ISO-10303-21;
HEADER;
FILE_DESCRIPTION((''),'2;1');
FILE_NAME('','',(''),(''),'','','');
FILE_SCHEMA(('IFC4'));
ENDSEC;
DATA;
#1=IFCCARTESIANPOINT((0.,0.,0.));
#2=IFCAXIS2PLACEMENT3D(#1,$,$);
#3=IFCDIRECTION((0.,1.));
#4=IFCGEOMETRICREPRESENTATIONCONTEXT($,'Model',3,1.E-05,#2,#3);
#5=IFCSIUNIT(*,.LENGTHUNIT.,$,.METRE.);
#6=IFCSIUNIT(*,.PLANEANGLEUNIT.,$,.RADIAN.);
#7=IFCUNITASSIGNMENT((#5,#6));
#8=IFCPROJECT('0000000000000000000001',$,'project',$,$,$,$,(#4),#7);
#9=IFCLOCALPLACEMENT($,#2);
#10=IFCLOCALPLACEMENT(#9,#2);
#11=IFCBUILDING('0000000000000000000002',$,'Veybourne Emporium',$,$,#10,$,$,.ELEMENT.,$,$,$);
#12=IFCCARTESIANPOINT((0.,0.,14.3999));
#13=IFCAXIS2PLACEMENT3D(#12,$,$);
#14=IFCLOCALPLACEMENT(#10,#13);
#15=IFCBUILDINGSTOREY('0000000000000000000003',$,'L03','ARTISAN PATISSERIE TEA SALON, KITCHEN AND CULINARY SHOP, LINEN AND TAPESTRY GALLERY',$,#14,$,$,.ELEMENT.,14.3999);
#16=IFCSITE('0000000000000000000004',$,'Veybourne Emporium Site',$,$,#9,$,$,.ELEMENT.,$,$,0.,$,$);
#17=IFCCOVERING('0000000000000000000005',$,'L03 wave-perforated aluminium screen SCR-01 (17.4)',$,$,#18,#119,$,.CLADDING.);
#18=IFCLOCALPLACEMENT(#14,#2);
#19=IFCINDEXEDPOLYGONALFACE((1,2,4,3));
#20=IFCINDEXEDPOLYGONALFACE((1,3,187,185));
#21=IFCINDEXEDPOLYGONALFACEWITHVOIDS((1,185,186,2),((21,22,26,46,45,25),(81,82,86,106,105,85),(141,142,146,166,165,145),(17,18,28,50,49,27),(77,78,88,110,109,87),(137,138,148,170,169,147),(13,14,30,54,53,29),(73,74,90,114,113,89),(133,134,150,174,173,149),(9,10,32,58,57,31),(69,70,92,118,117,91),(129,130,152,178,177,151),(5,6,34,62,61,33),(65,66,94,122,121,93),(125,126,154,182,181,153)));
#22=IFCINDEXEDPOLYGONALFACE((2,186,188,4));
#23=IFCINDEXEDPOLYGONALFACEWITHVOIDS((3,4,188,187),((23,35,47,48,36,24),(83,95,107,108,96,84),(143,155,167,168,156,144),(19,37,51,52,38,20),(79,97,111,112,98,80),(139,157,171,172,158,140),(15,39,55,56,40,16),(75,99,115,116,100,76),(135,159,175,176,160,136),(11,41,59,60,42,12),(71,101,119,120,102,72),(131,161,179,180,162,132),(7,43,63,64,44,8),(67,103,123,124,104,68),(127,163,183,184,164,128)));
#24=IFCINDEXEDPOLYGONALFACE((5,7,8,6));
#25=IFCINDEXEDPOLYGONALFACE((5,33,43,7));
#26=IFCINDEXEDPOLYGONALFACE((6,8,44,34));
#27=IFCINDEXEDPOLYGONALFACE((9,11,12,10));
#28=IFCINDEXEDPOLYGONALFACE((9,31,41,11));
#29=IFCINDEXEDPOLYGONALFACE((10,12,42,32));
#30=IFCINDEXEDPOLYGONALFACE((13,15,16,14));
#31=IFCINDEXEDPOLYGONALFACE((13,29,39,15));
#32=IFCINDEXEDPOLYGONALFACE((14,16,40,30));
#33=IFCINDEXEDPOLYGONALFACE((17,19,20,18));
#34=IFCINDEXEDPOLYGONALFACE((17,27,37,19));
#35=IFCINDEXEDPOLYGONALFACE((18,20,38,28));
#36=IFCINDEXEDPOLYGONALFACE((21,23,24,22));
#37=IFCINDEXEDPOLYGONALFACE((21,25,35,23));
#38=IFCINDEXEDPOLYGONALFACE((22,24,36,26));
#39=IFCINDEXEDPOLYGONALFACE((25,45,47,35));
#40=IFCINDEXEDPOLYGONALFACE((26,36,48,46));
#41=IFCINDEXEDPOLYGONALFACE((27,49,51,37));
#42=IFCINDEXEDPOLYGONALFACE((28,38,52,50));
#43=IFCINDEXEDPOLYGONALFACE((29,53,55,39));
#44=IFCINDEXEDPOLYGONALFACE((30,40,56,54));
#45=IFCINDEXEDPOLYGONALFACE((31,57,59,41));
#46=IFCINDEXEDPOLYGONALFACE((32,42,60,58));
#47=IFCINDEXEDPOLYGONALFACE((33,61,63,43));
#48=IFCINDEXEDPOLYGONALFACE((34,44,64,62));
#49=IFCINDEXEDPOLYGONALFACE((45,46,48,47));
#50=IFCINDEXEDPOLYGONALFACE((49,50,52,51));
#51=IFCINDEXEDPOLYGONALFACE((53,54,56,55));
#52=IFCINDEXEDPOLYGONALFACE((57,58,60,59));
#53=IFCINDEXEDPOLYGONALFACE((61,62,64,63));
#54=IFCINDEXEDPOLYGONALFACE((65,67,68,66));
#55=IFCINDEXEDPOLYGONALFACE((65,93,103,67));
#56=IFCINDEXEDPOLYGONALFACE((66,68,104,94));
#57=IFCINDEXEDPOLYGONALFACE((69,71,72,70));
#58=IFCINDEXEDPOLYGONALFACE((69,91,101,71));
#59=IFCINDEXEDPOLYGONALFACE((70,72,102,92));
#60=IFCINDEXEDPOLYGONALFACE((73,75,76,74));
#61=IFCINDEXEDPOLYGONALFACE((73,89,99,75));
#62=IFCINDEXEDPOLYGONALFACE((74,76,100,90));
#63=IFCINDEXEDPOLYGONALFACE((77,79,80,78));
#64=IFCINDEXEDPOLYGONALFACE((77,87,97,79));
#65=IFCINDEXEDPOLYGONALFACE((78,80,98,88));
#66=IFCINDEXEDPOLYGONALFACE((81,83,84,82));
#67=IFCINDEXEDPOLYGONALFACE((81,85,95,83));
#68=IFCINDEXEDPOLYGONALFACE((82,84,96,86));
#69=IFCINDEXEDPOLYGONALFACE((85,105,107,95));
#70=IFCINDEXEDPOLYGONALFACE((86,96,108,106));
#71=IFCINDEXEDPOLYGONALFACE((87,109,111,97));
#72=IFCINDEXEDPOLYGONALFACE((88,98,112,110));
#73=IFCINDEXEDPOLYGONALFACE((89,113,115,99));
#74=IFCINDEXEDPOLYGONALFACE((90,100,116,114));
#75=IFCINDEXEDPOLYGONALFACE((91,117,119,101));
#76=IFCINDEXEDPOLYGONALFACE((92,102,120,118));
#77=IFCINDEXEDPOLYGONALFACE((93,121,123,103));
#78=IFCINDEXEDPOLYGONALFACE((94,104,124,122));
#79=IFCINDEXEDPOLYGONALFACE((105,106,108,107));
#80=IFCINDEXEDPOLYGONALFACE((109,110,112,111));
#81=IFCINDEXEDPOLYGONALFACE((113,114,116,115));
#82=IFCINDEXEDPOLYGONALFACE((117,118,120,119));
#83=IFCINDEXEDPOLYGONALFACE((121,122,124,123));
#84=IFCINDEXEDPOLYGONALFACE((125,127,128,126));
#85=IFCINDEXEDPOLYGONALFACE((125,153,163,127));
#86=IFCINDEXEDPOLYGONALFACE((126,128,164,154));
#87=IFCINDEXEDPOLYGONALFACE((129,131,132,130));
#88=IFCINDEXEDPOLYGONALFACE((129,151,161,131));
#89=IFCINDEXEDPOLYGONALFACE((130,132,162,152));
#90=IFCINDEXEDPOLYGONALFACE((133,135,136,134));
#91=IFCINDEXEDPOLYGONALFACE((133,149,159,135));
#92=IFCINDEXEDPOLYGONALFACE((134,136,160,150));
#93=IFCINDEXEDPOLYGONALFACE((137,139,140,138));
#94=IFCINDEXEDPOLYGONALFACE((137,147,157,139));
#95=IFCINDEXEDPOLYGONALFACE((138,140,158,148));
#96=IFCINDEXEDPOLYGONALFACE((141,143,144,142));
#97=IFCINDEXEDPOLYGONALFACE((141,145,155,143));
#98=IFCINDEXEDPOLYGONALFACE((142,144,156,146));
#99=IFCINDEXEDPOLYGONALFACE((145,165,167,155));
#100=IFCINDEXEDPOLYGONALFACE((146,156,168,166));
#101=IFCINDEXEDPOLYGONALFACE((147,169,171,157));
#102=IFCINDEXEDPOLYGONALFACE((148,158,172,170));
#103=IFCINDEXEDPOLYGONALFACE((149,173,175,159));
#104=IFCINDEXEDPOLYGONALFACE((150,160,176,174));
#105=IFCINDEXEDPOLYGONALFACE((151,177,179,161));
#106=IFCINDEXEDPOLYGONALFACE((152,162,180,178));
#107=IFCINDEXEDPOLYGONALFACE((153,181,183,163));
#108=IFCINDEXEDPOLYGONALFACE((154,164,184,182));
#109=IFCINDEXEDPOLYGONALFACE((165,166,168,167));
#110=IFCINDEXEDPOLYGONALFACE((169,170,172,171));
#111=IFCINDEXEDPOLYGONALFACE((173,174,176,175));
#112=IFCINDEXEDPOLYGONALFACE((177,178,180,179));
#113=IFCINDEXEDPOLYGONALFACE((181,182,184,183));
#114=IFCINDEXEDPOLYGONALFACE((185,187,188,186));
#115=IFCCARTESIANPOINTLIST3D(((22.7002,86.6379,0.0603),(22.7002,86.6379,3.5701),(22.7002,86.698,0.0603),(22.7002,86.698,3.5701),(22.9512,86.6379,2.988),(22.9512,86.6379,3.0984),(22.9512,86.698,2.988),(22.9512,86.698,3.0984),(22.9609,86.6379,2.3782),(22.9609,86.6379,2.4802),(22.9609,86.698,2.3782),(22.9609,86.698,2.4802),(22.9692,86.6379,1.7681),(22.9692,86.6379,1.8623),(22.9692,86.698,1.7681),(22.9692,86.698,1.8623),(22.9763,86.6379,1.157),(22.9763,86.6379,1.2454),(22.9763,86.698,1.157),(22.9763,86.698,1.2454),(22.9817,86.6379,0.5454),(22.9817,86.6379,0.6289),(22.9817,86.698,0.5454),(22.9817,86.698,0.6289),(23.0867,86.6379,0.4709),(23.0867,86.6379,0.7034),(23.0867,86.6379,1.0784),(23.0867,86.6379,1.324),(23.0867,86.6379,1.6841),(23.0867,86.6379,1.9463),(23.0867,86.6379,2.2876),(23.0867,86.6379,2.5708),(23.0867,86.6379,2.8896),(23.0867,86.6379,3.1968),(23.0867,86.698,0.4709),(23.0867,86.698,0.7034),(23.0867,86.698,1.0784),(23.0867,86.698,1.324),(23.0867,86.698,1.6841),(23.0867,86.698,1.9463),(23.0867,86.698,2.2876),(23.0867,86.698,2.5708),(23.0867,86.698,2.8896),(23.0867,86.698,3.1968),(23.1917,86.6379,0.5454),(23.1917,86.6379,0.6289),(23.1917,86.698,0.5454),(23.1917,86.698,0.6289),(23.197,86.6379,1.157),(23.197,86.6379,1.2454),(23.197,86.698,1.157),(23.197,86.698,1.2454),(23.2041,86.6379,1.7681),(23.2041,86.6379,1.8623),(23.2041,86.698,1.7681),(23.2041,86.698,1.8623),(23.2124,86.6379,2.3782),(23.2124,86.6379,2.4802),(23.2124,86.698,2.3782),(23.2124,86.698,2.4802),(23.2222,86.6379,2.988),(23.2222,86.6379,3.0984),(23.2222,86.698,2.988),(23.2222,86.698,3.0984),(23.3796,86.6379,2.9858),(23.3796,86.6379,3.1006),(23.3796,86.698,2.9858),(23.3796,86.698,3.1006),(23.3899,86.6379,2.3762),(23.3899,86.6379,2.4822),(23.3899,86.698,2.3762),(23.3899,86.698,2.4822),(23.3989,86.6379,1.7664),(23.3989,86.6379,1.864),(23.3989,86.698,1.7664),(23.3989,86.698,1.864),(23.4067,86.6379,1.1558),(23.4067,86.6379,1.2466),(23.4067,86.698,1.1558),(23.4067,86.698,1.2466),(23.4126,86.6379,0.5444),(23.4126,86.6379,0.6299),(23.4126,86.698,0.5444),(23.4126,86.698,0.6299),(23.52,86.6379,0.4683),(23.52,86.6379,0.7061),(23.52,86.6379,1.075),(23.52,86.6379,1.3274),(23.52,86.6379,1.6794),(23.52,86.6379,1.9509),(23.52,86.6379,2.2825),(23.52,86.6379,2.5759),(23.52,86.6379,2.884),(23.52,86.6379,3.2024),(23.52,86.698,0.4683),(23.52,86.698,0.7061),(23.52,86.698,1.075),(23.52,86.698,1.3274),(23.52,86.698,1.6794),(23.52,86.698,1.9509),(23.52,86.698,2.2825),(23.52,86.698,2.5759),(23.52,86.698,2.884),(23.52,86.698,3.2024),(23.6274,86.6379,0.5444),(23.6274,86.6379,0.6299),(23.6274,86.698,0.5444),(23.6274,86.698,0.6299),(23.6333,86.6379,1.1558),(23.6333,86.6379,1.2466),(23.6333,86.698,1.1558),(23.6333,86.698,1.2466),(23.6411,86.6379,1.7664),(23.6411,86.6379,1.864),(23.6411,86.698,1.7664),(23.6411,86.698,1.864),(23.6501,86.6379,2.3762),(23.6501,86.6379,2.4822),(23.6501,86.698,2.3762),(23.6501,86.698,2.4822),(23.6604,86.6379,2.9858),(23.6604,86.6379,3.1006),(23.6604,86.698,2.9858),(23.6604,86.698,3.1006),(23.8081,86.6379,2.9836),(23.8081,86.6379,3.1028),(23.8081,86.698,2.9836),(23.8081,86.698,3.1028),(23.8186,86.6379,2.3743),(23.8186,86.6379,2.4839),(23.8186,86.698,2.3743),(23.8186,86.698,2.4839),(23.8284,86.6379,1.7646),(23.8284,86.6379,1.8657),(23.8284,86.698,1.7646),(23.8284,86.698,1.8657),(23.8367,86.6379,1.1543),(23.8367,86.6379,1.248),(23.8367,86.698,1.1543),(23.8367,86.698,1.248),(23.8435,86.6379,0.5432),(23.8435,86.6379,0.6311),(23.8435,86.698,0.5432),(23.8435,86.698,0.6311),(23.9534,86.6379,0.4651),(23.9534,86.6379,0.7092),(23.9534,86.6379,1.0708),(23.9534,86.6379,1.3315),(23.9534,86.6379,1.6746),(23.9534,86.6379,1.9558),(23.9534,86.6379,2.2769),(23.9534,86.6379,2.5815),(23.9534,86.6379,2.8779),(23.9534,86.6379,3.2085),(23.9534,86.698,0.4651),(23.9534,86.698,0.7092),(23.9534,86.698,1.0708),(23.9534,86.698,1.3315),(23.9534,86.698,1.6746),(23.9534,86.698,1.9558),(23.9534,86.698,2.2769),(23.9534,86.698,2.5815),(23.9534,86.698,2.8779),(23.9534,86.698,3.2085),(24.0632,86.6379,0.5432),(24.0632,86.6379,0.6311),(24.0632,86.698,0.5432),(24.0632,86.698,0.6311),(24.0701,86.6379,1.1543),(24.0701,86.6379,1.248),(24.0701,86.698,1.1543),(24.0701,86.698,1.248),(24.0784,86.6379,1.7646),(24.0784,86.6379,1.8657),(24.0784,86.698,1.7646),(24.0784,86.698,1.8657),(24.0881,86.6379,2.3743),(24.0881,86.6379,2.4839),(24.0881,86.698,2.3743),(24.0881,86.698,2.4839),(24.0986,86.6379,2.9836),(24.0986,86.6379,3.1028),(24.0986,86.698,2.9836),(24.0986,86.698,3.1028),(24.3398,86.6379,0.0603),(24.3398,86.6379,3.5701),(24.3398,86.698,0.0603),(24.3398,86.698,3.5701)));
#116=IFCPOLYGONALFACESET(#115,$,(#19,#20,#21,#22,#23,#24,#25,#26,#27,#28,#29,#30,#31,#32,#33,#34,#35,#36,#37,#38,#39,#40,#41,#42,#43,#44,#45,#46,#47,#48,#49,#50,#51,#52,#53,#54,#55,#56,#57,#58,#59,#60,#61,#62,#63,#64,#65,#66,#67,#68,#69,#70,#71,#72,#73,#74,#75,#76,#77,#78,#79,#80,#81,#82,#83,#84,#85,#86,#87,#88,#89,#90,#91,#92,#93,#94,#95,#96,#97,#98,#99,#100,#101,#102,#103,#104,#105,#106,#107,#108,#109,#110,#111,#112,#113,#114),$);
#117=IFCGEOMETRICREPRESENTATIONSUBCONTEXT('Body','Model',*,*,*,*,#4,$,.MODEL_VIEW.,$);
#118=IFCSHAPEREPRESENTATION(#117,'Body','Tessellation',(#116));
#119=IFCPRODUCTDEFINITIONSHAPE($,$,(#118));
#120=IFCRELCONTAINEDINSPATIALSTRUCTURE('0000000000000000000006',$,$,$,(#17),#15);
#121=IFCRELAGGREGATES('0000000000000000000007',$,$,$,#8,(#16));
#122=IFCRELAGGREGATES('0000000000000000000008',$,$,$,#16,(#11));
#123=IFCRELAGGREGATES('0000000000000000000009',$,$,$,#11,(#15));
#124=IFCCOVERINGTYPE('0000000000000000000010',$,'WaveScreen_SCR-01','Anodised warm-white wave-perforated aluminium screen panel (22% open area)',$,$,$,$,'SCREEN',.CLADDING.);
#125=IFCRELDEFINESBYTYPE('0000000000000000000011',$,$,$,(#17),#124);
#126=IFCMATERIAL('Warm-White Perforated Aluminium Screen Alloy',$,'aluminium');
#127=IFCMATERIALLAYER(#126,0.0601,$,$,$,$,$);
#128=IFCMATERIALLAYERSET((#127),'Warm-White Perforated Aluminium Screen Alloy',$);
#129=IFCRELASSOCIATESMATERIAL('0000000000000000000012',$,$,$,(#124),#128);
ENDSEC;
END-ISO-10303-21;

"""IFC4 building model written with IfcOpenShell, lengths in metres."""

from ifc_helpers import new_model, si_unit, direction, frame, origin, place, context, subcontext, project, spatial, polyline, outline, extrude, material, layer, layer_set, type_object, element, save


model = new_model("IFC4")

# Units and contexts
model_context = context("Model", 3, precision=1e-05, world=origin(), true_north=direction((0.0, 1.0)))
body_context = subcontext(model_context, "Body", "Model", "MODEL_VIEW")
ifc_project = project(units=[si_unit("LENGTHUNIT", "METRE"), si_unit("PLANEANGLEUNIT", "RADIAN")], contexts=[model_context])

# Site, building, storey
site_placement = place(None, origin())
site = spatial("IfcSite", under=ifc_project, at=site_placement, Name="Veybourne Emporium Site", CompositionType="ELEMENT", RefElevation=0.0)
building_placement = place(site_placement, origin())
building = spatial("IfcBuilding", under=site, at=building_placement, Name="Veybourne Emporium", CompositionType="ELEMENT")
storey_placement = place(building_placement, frame((0.0, 0.0, 14.3999)))
storey = spatial("IfcBuildingStorey", under=building, at=storey_placement, Name="L03", Description="ARTISAN PATISSERIE TEA SALON, KITCHEN AND CULINARY SHOP, LINEN AND TAPESTRY GALLERY", CompositionType="ELEMENT", Elevation=14.3999)

# Covering
ifc_material_1 = material(Name="Warm-White Perforated Aluminium Screen Alloy", Category="aluminium")
ifc_layer_1 = layer(ifc_material_1, 0.0601)
ifc_layer_set_1 = layer_set([ifc_layer_1], Name="Warm-White Perforated Aluminium Screen Alloy")
covering_type_1 = type_object("IfcCoveringType", Name="WaveScreen_SCR-01", Description="Anodised warm-white wave-perforated aluminium screen panel (22% open area)", ElementType="SCREEN", PredefinedType="CLADDING", material=ifc_layer_set_1)
covering_1_placement = place(storey_placement, frame((23.52, 86.698, 1.8152), z_axis=(0.0, -1.0, 0.0), x_axis=(1.0, 0.0, 0.0)))
element("IfcCovering", 1, at=covering_1_placement, inside=storey, type_object=covering_type_1, Name="L03 wave-perforated aluminium screen SCR-01 (17.4)", PredefinedType="CLADDING", context=body_context, shape_type="SweptSolid", body=[
    extrude(outline(polyline([(-0.8198, -1.7549), (0.8198, -1.7549), (0.8198, 1.7549), (-0.8198, 1.7549), (-0.8198, -1.7549)]), holes=[polyline([(-0.4333, -1.1118), (-0.3284, -1.1863), (-0.3284, -1.2698), (-0.4333, -1.3442), (-0.5383, -1.2698), (-0.5383, -1.1863), (-0.4333, -1.1118)]), polyline([(-0.4333, -0.4912), (-0.323, -0.5698), (-0.323, -0.6582), (-0.4333, -0.7368), (-0.5437, -0.6582), (-0.5437, -0.5698), (-0.4333, -0.4912)]), polyline([(-0.4333, 0.1311), (-0.3159, 0.0471), (-0.3159, -0.0471), (-0.4333, -0.1311), (-0.5508, -0.0471), (-0.5508, 0.0471), (-0.4333, 0.1311)]), polyline([(-0.4333, 0.7556), (-0.3076, 0.665), (-0.3076, 0.563), (-0.4333, 0.4724), (-0.5591, 0.563), (-0.5591, 0.665), (-0.4333, 0.7556)]), polyline([(-0.4333, 1.3816), (-0.2979, 1.2832), (-0.2979, 1.1729), (-0.4333, 1.0745), (-0.5688, 1.1729), (-0.5688, 1.2832), (-0.4333, 1.3816)]), polyline([(0.0, -1.1091), (0.1074, -1.1853), (0.1074, -1.2708), (0.0, -1.3469), (-0.1074, -1.2708), (-0.1074, -1.1853), (0.0, -1.1091)]), polyline([(0.0, -0.4878), (0.1133, -0.5686), (0.1133, -0.6594), (0.0, -0.7402), (-0.1133, -0.6594), (-0.1133, -0.5686), (0.0, -0.4878)]), polyline([(0.0, 0.1357), (0.1211, 0.0488), (0.1211, -0.0488), (0.0, -0.1357), (-0.1211, -0.0488), (-0.1211, 0.0488), (0.0, 0.1357)]), polyline([(0.0, 0.7607), (0.1301, 0.667), (0.1301, 0.561), (0.0, 0.4673), (-0.1301, 0.561), (-0.1301, 0.667), (0.0, 0.7607)]), polyline([(0.0, 1.3872), (0.1404, 1.2854), (0.1404, 1.1707), (0.0, 1.0688), (-0.1404, 1.1707), (-0.1404, 1.2854), (0.0, 1.3872)]), polyline([(0.4333, -1.106), (0.5432, -1.1841), (0.5432, -1.272), (0.4333, -1.3501), (0.3235, -1.272), (0.3235, -1.1841), (0.4333, -1.106)]), polyline([(0.4333, -0.4836), (0.55, -0.5671), (0.55, -0.6609), (0.4333, -0.7444), (0.3167, -0.6609), (0.3167, -0.5671), (0.4333, -0.4836)]), polyline([(0.4333, 0.1406), (0.5583, 0.0505), (0.5583, -0.0505), (0.4333, -0.1406), (0.3083, -0.0505), (0.3083, 0.0505), (0.4333, 0.1406)]), polyline([(0.4333, 0.7664), (0.5681, 0.6687), (0.5681, 0.5591), (0.4333, 0.4617), (0.2986, 0.5591), (0.2986, 0.6687), (0.4333, 0.7664)]), polyline([(0.4333, 1.3933), (0.5786, 1.2876), (0.5786, 1.1685), (0.4333, 1.0627), (0.2881, 1.1685), (0.2881, 1.2876), (0.4333, 1.3933)])]), origin(), (0.0, 0.0, 1.0), 0.0601),
])

save(model, "model.ifc")
